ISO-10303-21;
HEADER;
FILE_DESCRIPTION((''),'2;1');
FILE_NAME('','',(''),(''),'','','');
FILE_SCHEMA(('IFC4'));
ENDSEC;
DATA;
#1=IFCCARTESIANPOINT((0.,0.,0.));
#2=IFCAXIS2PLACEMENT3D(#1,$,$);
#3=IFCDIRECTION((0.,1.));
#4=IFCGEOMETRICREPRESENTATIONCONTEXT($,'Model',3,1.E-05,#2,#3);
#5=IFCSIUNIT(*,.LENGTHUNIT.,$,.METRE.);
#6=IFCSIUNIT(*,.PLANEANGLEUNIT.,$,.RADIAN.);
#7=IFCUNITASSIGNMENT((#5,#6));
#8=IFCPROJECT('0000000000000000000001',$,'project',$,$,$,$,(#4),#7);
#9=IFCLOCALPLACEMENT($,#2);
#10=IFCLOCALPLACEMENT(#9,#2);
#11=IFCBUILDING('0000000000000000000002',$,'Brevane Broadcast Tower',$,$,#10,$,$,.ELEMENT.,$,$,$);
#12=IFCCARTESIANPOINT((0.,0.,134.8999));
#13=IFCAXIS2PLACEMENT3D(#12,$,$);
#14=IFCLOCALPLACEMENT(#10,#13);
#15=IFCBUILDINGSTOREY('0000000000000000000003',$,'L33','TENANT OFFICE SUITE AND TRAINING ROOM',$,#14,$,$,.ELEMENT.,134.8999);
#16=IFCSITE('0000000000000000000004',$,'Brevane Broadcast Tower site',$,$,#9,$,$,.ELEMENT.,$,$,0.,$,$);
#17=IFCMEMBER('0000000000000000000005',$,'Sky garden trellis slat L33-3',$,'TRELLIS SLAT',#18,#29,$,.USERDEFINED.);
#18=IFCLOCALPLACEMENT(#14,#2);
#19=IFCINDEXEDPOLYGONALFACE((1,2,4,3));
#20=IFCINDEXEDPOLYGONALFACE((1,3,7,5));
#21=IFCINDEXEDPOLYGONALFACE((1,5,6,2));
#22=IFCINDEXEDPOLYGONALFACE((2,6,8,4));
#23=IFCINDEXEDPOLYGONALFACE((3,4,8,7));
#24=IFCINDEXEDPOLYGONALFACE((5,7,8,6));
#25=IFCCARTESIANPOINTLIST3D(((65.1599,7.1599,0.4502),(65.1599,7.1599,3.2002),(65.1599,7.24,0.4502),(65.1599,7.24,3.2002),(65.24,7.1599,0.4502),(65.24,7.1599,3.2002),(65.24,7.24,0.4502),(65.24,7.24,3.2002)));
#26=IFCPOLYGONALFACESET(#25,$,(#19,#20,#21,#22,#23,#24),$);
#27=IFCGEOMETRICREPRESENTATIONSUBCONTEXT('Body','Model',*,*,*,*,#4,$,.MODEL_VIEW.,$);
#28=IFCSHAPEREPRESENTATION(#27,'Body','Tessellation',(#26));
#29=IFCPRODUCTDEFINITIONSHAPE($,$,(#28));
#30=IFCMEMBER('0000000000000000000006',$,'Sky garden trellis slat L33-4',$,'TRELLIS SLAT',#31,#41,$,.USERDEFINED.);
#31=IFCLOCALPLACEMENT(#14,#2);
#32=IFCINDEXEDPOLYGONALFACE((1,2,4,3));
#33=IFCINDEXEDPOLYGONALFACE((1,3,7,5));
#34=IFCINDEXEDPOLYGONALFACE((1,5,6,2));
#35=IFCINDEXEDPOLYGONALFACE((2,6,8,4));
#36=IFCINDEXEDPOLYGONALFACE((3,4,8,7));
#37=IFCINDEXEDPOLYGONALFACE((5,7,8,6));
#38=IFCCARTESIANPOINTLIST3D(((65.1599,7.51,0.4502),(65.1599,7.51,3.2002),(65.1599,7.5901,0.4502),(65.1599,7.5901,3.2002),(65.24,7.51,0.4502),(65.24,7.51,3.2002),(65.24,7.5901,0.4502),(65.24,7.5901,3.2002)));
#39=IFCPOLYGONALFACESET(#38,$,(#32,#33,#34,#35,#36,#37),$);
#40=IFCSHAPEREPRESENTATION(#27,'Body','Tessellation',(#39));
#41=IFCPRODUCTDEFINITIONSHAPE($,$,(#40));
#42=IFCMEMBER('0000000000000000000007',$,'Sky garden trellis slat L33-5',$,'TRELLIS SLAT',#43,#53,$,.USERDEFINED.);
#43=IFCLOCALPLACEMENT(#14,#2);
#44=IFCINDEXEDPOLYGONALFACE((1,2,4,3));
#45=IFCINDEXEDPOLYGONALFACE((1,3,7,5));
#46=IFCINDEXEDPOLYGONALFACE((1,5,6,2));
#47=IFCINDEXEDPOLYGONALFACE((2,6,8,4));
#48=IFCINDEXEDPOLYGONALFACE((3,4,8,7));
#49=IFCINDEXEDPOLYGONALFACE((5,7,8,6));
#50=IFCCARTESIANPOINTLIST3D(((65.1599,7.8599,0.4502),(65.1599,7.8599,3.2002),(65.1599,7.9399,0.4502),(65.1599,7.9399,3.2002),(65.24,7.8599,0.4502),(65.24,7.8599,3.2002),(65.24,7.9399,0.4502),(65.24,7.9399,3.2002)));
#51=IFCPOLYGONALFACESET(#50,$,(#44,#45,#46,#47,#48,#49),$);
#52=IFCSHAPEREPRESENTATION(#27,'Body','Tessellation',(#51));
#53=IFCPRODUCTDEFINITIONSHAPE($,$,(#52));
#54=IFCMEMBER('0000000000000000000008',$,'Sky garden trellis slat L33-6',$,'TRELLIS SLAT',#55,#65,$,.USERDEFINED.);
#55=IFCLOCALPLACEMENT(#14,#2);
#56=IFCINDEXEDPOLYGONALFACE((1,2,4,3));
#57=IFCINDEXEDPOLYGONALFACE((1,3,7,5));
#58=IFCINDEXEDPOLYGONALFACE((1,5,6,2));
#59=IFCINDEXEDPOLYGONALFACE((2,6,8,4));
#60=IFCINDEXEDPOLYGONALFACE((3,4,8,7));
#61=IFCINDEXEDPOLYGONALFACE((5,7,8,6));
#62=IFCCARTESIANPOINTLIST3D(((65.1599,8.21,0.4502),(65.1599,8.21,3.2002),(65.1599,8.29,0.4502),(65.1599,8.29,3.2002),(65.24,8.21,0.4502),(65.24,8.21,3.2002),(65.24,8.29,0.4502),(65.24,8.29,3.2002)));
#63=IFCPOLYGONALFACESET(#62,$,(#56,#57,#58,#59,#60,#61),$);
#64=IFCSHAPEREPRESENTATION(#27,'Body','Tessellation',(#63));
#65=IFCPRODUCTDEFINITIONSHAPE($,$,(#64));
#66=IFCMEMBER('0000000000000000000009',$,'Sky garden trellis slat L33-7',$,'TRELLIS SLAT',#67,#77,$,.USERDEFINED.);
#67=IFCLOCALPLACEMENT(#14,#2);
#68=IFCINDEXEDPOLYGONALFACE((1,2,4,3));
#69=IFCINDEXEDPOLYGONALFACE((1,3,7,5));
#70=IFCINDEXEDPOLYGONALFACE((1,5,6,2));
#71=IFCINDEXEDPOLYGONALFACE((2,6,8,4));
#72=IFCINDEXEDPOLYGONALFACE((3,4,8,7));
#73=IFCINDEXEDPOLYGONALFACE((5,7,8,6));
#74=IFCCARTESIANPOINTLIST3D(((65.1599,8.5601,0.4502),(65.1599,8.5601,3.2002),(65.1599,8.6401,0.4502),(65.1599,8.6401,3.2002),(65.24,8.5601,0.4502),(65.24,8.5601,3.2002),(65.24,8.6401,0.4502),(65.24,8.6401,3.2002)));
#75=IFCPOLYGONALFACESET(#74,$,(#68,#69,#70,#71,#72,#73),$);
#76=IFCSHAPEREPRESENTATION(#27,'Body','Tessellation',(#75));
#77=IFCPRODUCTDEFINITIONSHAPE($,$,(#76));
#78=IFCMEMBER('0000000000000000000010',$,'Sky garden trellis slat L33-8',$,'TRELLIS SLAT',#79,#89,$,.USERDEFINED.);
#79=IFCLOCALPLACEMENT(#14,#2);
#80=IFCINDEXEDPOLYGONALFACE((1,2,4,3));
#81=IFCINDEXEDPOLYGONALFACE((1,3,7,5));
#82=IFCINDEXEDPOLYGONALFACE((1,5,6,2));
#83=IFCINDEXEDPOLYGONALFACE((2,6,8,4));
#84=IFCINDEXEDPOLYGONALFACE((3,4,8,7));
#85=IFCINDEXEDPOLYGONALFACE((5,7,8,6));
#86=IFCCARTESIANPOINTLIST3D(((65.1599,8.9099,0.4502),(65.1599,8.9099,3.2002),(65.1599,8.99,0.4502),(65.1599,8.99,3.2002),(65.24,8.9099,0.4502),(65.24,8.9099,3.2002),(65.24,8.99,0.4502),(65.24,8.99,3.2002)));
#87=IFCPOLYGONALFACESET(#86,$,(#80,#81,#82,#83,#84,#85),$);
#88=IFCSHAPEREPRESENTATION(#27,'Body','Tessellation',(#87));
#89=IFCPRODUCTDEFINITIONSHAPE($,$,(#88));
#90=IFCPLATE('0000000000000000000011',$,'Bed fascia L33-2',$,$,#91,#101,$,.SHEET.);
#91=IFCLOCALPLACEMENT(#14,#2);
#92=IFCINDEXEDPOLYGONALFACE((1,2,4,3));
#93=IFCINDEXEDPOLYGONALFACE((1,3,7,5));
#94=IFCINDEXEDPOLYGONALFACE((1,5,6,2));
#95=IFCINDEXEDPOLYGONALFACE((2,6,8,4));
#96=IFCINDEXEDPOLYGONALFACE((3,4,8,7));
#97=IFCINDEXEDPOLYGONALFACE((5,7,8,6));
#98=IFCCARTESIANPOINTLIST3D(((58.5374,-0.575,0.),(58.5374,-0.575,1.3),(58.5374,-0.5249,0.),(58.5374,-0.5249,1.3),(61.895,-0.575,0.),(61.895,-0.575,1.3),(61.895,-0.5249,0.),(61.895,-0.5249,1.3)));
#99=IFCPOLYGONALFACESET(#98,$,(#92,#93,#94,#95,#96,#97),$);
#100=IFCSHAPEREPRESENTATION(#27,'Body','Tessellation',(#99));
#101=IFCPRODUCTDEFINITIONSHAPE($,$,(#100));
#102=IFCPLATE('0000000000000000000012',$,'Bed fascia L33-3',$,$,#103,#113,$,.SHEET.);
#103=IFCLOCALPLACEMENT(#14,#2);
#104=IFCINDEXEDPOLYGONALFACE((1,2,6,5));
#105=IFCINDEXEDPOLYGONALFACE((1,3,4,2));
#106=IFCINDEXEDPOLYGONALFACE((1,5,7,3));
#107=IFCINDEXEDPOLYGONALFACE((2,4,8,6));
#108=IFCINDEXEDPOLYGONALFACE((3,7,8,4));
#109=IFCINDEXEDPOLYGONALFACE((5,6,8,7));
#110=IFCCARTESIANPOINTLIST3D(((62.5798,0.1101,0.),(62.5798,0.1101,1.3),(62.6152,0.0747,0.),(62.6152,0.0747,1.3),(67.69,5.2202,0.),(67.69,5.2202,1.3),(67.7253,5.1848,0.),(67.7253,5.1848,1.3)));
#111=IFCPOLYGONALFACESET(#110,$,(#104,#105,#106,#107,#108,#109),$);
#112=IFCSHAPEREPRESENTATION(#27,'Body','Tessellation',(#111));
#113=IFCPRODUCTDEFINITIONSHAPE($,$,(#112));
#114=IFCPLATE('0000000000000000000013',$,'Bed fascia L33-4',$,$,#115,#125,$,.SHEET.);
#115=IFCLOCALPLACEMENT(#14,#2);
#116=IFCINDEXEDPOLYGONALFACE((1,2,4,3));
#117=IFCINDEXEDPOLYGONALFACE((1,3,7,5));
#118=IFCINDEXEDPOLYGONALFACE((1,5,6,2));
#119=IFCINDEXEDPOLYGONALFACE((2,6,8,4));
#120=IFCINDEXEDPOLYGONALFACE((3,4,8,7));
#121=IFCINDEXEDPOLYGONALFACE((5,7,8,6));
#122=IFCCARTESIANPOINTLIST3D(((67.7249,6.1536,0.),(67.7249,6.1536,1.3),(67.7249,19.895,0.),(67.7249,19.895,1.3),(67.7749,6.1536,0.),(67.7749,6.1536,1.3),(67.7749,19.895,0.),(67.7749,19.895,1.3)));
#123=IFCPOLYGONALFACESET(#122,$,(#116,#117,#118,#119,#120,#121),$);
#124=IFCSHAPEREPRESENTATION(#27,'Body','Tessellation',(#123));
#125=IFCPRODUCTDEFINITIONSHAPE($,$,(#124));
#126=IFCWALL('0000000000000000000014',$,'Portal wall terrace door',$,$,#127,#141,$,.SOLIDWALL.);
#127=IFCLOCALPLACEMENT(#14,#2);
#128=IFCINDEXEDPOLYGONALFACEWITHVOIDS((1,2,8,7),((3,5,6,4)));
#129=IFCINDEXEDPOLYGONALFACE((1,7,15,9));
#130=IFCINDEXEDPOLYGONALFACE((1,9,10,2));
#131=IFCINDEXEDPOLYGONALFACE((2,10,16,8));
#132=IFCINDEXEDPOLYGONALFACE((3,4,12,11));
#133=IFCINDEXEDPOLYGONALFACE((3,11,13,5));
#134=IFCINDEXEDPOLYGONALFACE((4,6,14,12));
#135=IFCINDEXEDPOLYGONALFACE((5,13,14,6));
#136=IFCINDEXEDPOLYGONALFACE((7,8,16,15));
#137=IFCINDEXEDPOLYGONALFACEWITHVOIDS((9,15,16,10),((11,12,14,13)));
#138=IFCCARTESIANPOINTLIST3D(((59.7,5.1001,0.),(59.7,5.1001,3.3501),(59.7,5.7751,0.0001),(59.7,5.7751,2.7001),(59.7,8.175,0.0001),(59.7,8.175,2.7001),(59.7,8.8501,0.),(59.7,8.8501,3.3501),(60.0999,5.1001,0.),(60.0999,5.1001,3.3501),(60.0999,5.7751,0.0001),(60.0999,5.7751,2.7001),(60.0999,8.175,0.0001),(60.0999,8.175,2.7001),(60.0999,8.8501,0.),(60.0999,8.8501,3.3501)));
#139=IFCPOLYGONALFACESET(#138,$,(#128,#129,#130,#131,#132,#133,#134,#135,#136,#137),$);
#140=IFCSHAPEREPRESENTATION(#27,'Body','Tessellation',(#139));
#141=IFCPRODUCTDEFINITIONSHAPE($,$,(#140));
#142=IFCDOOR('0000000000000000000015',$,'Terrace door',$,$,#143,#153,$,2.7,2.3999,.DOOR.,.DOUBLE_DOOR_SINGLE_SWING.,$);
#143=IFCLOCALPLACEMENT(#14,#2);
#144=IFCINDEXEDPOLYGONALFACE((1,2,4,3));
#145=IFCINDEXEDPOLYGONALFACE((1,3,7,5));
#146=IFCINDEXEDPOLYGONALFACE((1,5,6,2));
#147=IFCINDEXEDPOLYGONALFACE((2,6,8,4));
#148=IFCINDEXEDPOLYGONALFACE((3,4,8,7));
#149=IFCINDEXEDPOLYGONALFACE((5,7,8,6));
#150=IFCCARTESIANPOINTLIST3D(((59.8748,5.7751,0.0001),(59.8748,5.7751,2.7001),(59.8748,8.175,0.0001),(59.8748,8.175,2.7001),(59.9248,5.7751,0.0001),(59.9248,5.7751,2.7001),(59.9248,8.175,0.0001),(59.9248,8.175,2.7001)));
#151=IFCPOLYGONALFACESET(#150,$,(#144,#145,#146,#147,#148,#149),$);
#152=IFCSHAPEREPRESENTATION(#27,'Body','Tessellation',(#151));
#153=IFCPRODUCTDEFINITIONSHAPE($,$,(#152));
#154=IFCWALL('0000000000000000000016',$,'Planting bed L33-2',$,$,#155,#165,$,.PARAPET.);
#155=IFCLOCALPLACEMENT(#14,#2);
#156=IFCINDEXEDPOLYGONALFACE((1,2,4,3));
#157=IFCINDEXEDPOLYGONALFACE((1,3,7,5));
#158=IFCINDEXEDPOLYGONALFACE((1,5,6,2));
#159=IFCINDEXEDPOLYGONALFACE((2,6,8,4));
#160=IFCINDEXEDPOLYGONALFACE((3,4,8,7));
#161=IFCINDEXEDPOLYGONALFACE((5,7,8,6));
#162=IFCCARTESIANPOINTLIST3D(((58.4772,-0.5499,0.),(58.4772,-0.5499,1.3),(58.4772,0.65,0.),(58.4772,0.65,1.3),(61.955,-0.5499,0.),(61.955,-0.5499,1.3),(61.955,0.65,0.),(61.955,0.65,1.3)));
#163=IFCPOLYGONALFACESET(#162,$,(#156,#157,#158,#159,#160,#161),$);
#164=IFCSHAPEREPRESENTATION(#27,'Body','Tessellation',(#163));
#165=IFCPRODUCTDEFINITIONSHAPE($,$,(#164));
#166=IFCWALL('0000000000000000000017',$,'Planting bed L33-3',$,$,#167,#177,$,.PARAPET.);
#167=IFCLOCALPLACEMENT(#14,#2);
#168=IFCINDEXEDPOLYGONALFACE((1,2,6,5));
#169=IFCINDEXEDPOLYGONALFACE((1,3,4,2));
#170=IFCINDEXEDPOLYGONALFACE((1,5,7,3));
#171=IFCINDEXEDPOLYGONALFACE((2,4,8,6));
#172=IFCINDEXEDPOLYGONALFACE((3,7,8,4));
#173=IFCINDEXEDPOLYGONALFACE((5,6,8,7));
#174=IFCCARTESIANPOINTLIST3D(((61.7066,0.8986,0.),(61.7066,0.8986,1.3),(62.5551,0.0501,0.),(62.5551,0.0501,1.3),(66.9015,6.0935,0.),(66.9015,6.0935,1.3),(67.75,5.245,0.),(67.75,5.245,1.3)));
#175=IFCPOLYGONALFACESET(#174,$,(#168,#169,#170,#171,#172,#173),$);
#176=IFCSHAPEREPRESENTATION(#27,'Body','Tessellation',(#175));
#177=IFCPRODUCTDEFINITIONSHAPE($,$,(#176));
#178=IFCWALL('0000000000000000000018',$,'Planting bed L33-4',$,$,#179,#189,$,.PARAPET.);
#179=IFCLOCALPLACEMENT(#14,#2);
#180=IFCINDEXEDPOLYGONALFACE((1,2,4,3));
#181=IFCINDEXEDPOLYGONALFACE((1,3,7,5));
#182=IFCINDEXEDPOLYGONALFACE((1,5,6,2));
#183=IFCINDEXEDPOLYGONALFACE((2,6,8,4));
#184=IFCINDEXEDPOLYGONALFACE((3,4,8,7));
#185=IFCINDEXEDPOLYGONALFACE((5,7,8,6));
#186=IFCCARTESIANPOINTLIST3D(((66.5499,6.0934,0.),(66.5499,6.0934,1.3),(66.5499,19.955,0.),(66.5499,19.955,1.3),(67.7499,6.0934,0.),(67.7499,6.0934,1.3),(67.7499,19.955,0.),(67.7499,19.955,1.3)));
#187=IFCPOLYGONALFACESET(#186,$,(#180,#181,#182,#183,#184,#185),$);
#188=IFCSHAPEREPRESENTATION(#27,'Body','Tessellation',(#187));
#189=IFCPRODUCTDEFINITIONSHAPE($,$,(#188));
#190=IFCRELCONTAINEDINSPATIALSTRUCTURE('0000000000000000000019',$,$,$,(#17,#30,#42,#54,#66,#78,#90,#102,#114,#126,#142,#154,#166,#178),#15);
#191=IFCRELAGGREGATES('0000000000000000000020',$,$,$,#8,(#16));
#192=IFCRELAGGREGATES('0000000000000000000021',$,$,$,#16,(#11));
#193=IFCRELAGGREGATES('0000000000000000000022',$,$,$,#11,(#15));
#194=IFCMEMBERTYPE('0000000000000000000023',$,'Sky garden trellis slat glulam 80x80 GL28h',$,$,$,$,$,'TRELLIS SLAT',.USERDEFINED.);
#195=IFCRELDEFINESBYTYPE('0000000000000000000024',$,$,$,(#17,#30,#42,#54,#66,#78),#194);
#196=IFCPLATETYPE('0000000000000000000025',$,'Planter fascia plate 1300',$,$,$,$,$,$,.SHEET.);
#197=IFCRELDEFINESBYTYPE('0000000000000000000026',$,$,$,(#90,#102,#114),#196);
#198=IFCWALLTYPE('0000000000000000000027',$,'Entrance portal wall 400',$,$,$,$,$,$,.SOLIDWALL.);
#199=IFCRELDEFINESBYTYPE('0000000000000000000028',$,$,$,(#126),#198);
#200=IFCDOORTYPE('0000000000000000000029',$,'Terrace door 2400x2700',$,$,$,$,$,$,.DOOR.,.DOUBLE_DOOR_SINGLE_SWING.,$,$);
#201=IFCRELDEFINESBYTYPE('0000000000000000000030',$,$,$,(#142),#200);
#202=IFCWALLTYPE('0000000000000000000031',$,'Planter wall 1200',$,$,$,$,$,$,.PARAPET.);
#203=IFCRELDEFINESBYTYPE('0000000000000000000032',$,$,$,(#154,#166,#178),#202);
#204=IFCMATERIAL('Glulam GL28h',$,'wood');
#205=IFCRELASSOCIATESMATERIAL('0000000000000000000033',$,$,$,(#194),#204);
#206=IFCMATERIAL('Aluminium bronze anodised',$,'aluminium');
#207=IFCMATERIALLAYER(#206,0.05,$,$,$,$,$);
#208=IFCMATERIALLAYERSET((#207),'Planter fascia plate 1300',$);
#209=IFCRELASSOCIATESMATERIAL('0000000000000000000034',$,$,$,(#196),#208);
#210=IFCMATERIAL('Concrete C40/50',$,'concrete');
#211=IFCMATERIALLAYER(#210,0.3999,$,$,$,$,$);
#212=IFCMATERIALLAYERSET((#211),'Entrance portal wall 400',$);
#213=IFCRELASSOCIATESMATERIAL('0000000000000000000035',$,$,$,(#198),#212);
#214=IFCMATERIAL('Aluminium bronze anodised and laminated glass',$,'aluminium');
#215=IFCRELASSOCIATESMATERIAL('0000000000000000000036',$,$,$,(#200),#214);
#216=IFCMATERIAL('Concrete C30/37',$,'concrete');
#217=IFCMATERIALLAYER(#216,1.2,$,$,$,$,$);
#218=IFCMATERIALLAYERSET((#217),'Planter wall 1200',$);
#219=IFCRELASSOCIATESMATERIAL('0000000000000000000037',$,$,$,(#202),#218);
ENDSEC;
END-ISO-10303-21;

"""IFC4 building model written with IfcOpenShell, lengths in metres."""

from ifc_helpers import new_model, si_unit, direction, frame, frame_2d, origin, origin_2d, place, context, subcontext, project, spatial, polyline, rectangle, outline, extrude, material, layer, layer_set, material_profile, profile_set, type_object, element, fill, save


model = new_model("IFC4")

# Units and contexts
model_context = context("Model", 3, precision=1e-05, world=origin(), true_north=direction((0.0, 1.0)))
body_context = subcontext(model_context, "Body", "Model", "MODEL_VIEW")
ifc_project = project(units=[si_unit("LENGTHUNIT", "METRE"), si_unit("PLANEANGLEUNIT", "RADIAN")], contexts=[model_context])

# Site, building, storey
site_placement = place(None, origin())
site = spatial("IfcSite", under=ifc_project, at=site_placement, Name="Brevane Broadcast Tower site", CompositionType="ELEMENT", RefElevation=0.0)
building_placement = place(site_placement, origin())
building = spatial("IfcBuilding", under=site, at=building_placement, Name="Brevane Broadcast Tower", CompositionType="ELEMENT")
storey_placement = place(building_placement, frame((0.0, 0.0, 134.8999)))
storey = spatial("IfcBuildingStorey", under=building, at=storey_placement, Name="L33", Description="TENANT OFFICE SUITE AND TRAINING ROOM", CompositionType="ELEMENT", Elevation=134.8999)

# Members
ifc_material_1 = material(Name="Glulam GL28h", Category="wood")
ifc_material_profile_1 = material_profile(ifc_material_1, rectangle(XDim=0.0801, YDim=0.0801, at=origin_2d()), Name="RECT 80x80")
ifc_profile_set_1 = profile_set([ifc_material_profile_1], Name="Glulam GL28h")
member_type_1 = type_object("IfcMemberType", Name="Sky garden trellis slat glulam 80x80 GL28h", ElementType="TRELLIS SLAT", PredefinedType="USERDEFINED", material=ifc_profile_set_1)
for number, where, z_axis, x_axis, name in (
    (1, (65.2, 7.2, 0.4502), (0.0, 0.0, 1.0), (1.0, 0.0, 0.0), "Sky garden trellis slat L33-3"),
    (2, (65.2, 7.55, 0.4502), (0.0, 0.0, 1.0), (1.0, 0.0, 0.0), "Sky garden trellis slat L33-4"),
    (3, (65.2, 7.8999, 0.4502), (0.0, 0.0, 1.0), (1.0, 0.0, 0.0), "Sky garden trellis slat L33-5"),
    (4, (65.2, 8.25, 0.4502), (0.0, 0.0, 1.0), (1.0, 0.0, 0.0), "Sky garden trellis slat L33-6"),
    (5, (65.2, 8.6001, 0.4502), (0.0, 0.0, 1.0), (1.0, 0.0, 0.0), "Sky garden trellis slat L33-7"),
    (6, (65.2, 8.95, 0.4502), (0.0, 0.0, 1.0), (1.0, 0.0, 0.0), "Sky garden trellis slat L33-8"),
):
    element("IfcMember", number, at=place(storey_placement, frame(where, z_axis=z_axis, x_axis=x_axis)), inside=storey, type_object=member_type_1, Name=name, ObjectType="TRELLIS SLAT", PredefinedType="USERDEFINED", context=body_context, shape_type="SweptSolid", body=[
        extrude(rectangle(XDim=0.0801, YDim=0.0801, at=origin_2d()), origin(), (0.0, 0.0, 1.0), 2.75),
    ])

# Plates
ifc_material_2 = material(Name="Aluminium bronze anodised", Category="aluminium")
ifc_layer_1 = layer(ifc_material_2, 0.05)
ifc_layer_set_1 = layer_set([ifc_layer_1], Name="Planter fascia plate 1300")
plate_type = type_object("IfcPlateType", Name="Planter fascia plate 1300", PredefinedType="SHEET", material=ifc_layer_set_1)
plate_1_placement = place(storey_placement, frame((58.5374, -0.575, 0.0), z_axis=(0.0, -1.0, 0.0), x_axis=(1.0, 0.0, 0.0)))
element("IfcPlate", 7, at=plate_1_placement, inside=storey, type_object=plate_type, Name="Bed fascia L33-2", PredefinedType="SHEET", context=body_context, shape_type="SweptSolid", body=[
    extrude(outline(polyline([(0.0, 0.0), (3.3577, 0.0), (3.3577, 1.3), (0.0, 1.3), (0.0, 0.0)])), origin(), (0.0, 0.0, -1.0), 0.05),
])
plate_2_placement = place(storey_placement, frame((62.6152, 0.0747, 0.0), z_axis=(0.707107, -0.707107, 0.0), x_axis=(0.707107, 0.707107, 0.0)))
element("IfcPlate", 8, at=plate_2_placement, inside=storey, type_object=plate_type, Name="Bed fascia L33-3", PredefinedType="SHEET", context=body_context, shape_type="SweptSolid", body=[
    extrude(outline(polyline([(0.0, 0.0), (7.2268, 0.0), (7.2268, 1.3), (0.0, 1.3), (0.0, 0.0)])), origin(), (0.0, 0.0, -1.0), 0.05),
])
plate_3_placement = place(storey_placement, frame((67.7749, 6.1536, 0.0), z_axis=(1.0, 0.0, 0.0), x_axis=(0.0, 1.0, 0.0)))
element("IfcPlate", 9, at=plate_3_placement, inside=storey, type_object=plate_type, Name="Bed fascia L33-4", PredefinedType="SHEET", context=body_context, shape_type="SweptSolid", body=[
    extrude(outline(polyline([(0.0, 0.0), (13.7415, 0.0), (13.7415, 1.3), (0.0, 1.3), (0.0, 0.0)])), origin(), (0.0, 0.0, -1.0), 0.05),
])

# Wall, opening, door
ifc_material_3 = material(Name="Concrete C40/50", Category="concrete")
ifc_layer_2 = layer(ifc_material_3, 0.3999)
ifc_layer_set_2 = layer_set([ifc_layer_2], Name="Entrance portal wall 400")
wall_type_1 = type_object("IfcWallType", Name="Entrance portal wall 400", PredefinedType="SOLIDWALL", material=ifc_layer_set_2)
wall_1_placement = place(storey_placement, frame((59.8999, 8.8501, 0.0), z_axis=(0.0, 0.0, 1.0), x_axis=(0.0, -1.0, 0.0)))
wall_1 = element("IfcWall", 10, at=wall_1_placement, inside=storey, type_object=wall_type_1, Name="Portal wall terrace door", PredefinedType="SOLIDWALL", context=body_context, shape_type="SweptSolid", body=[
    extrude(rectangle(XDim=3.75, YDim=0.3999, at=frame_2d((1.875, 0.0))), origin(), (0.0, 0.0, 1.0), 3.3501),
])
opening_placement = place(wall_1_placement, frame((0.675, 0.0, 0.0)))
opening = element("IfcOpeningElement", 11, at=opening_placement, cuts=wall_1, PredefinedType="OPENING", context=body_context, shape_type="SweptSolid", body=[
    extrude(rectangle(XDim=2.3999, YDim=2.7, at=frame_2d((1.2, 1.3501))), frame((0.0, 0.21, 0.0), z_axis=(0.0, -1.0, 0.0), x_axis=(1.0, 0.0, 0.0)), (0.0, 0.0, 1.0), 0.4199),
])
ifc_material_4 = material(Name="Aluminium bronze anodised and laminated glass", Category="aluminium")
door_type = type_object("IfcDoorType", Name="Terrace door 2400x2700", OperationType="DOUBLE_DOOR_SINGLE_SWING", PredefinedType="DOOR", material=ifc_material_4)
door_placement = place(opening_placement, origin())
door = element("IfcDoor", 12, at=door_placement, inside=storey, type_object=door_type, Name="Terrace door", OperationType="DOUBLE_DOOR_SINGLE_SWING", OverallHeight=2.7, OverallWidth=2.3999, PredefinedType="DOOR", context=body_context, shape_type="SweptSolid", body=[
    extrude(rectangle(XDim=2.3999, YDim=2.7, at=frame_2d((1.2, 1.3501))), frame((0.0, 0.0249, 0.0), z_axis=(0.0, -1.0, 0.0), x_axis=(1.0, 0.0, 0.0)), (0.0, 0.0, 1.0), 0.05),
])
fill(opening, door)

# Walls
ifc_material_5 = material(Name="Concrete C30/37", Category="concrete")
ifc_layer_3 = layer(ifc_material_5, 1.2)
ifc_layer_set_3 = layer_set([ifc_layer_3], Name="Planter wall 1200")
wall_type_2 = type_object("IfcWallType", Name="Planter wall 1200", PredefinedType="PARAPET", material=ifc_layer_set_3)
wall_2_placement = place(storey_placement, frame((58.4773, 0.05, 0.0), z_axis=(0.0, 0.0, 1.0), x_axis=(1.0, 0.0, 0.0)))
element("IfcWall", 13, at=wall_2_placement, inside=storey, type_object=wall_type_2, Name="Planting bed L33-2", PredefinedType="PARAPET", context=body_context, shape_type="SweptSolid", body=[
    extrude(rectangle(XDim=3.4778, YDim=1.2, at=frame_2d((1.7388, 0.0))), origin(), (0.0, 0.0, 1.0), 1.3),
])
wall_3_placement = place(storey_placement, frame((62.1309, 0.4744, 0.0), z_axis=(0.0, 0.0, 1.0), x_axis=(0.707107, 0.707107, 0.0)))
element("IfcWall", 14, at=wall_3_placement, inside=storey, type_object=wall_type_2, Name="Planting bed L33-3", PredefinedType="PARAPET", context=body_context, shape_type="SweptSolid", body=[
    extrude(rectangle(XDim=7.3467, YDim=1.2, at=frame_2d((3.6733, 0.0))), origin(), (0.0, 0.0, 1.0), 1.3),
])
wall_4_placement = place(storey_placement, frame((67.1499, 6.0935, 0.0), z_axis=(0.0, 0.0, 1.0), x_axis=(0.0, 1.0, 0.0)))
element("IfcWall", 15, at=wall_4_placement, inside=storey, type_object=wall_type_2, Name="Planting bed L33-4", PredefinedType="PARAPET", context=body_context, shape_type="SweptSolid", body=[
    extrude(rectangle(XDim=13.8616, YDim=1.2, at=frame_2d((6.9307, 0.0))), origin(), (0.0, 0.0, 1.0), 1.3),
])

save(model, "model.ifc")
